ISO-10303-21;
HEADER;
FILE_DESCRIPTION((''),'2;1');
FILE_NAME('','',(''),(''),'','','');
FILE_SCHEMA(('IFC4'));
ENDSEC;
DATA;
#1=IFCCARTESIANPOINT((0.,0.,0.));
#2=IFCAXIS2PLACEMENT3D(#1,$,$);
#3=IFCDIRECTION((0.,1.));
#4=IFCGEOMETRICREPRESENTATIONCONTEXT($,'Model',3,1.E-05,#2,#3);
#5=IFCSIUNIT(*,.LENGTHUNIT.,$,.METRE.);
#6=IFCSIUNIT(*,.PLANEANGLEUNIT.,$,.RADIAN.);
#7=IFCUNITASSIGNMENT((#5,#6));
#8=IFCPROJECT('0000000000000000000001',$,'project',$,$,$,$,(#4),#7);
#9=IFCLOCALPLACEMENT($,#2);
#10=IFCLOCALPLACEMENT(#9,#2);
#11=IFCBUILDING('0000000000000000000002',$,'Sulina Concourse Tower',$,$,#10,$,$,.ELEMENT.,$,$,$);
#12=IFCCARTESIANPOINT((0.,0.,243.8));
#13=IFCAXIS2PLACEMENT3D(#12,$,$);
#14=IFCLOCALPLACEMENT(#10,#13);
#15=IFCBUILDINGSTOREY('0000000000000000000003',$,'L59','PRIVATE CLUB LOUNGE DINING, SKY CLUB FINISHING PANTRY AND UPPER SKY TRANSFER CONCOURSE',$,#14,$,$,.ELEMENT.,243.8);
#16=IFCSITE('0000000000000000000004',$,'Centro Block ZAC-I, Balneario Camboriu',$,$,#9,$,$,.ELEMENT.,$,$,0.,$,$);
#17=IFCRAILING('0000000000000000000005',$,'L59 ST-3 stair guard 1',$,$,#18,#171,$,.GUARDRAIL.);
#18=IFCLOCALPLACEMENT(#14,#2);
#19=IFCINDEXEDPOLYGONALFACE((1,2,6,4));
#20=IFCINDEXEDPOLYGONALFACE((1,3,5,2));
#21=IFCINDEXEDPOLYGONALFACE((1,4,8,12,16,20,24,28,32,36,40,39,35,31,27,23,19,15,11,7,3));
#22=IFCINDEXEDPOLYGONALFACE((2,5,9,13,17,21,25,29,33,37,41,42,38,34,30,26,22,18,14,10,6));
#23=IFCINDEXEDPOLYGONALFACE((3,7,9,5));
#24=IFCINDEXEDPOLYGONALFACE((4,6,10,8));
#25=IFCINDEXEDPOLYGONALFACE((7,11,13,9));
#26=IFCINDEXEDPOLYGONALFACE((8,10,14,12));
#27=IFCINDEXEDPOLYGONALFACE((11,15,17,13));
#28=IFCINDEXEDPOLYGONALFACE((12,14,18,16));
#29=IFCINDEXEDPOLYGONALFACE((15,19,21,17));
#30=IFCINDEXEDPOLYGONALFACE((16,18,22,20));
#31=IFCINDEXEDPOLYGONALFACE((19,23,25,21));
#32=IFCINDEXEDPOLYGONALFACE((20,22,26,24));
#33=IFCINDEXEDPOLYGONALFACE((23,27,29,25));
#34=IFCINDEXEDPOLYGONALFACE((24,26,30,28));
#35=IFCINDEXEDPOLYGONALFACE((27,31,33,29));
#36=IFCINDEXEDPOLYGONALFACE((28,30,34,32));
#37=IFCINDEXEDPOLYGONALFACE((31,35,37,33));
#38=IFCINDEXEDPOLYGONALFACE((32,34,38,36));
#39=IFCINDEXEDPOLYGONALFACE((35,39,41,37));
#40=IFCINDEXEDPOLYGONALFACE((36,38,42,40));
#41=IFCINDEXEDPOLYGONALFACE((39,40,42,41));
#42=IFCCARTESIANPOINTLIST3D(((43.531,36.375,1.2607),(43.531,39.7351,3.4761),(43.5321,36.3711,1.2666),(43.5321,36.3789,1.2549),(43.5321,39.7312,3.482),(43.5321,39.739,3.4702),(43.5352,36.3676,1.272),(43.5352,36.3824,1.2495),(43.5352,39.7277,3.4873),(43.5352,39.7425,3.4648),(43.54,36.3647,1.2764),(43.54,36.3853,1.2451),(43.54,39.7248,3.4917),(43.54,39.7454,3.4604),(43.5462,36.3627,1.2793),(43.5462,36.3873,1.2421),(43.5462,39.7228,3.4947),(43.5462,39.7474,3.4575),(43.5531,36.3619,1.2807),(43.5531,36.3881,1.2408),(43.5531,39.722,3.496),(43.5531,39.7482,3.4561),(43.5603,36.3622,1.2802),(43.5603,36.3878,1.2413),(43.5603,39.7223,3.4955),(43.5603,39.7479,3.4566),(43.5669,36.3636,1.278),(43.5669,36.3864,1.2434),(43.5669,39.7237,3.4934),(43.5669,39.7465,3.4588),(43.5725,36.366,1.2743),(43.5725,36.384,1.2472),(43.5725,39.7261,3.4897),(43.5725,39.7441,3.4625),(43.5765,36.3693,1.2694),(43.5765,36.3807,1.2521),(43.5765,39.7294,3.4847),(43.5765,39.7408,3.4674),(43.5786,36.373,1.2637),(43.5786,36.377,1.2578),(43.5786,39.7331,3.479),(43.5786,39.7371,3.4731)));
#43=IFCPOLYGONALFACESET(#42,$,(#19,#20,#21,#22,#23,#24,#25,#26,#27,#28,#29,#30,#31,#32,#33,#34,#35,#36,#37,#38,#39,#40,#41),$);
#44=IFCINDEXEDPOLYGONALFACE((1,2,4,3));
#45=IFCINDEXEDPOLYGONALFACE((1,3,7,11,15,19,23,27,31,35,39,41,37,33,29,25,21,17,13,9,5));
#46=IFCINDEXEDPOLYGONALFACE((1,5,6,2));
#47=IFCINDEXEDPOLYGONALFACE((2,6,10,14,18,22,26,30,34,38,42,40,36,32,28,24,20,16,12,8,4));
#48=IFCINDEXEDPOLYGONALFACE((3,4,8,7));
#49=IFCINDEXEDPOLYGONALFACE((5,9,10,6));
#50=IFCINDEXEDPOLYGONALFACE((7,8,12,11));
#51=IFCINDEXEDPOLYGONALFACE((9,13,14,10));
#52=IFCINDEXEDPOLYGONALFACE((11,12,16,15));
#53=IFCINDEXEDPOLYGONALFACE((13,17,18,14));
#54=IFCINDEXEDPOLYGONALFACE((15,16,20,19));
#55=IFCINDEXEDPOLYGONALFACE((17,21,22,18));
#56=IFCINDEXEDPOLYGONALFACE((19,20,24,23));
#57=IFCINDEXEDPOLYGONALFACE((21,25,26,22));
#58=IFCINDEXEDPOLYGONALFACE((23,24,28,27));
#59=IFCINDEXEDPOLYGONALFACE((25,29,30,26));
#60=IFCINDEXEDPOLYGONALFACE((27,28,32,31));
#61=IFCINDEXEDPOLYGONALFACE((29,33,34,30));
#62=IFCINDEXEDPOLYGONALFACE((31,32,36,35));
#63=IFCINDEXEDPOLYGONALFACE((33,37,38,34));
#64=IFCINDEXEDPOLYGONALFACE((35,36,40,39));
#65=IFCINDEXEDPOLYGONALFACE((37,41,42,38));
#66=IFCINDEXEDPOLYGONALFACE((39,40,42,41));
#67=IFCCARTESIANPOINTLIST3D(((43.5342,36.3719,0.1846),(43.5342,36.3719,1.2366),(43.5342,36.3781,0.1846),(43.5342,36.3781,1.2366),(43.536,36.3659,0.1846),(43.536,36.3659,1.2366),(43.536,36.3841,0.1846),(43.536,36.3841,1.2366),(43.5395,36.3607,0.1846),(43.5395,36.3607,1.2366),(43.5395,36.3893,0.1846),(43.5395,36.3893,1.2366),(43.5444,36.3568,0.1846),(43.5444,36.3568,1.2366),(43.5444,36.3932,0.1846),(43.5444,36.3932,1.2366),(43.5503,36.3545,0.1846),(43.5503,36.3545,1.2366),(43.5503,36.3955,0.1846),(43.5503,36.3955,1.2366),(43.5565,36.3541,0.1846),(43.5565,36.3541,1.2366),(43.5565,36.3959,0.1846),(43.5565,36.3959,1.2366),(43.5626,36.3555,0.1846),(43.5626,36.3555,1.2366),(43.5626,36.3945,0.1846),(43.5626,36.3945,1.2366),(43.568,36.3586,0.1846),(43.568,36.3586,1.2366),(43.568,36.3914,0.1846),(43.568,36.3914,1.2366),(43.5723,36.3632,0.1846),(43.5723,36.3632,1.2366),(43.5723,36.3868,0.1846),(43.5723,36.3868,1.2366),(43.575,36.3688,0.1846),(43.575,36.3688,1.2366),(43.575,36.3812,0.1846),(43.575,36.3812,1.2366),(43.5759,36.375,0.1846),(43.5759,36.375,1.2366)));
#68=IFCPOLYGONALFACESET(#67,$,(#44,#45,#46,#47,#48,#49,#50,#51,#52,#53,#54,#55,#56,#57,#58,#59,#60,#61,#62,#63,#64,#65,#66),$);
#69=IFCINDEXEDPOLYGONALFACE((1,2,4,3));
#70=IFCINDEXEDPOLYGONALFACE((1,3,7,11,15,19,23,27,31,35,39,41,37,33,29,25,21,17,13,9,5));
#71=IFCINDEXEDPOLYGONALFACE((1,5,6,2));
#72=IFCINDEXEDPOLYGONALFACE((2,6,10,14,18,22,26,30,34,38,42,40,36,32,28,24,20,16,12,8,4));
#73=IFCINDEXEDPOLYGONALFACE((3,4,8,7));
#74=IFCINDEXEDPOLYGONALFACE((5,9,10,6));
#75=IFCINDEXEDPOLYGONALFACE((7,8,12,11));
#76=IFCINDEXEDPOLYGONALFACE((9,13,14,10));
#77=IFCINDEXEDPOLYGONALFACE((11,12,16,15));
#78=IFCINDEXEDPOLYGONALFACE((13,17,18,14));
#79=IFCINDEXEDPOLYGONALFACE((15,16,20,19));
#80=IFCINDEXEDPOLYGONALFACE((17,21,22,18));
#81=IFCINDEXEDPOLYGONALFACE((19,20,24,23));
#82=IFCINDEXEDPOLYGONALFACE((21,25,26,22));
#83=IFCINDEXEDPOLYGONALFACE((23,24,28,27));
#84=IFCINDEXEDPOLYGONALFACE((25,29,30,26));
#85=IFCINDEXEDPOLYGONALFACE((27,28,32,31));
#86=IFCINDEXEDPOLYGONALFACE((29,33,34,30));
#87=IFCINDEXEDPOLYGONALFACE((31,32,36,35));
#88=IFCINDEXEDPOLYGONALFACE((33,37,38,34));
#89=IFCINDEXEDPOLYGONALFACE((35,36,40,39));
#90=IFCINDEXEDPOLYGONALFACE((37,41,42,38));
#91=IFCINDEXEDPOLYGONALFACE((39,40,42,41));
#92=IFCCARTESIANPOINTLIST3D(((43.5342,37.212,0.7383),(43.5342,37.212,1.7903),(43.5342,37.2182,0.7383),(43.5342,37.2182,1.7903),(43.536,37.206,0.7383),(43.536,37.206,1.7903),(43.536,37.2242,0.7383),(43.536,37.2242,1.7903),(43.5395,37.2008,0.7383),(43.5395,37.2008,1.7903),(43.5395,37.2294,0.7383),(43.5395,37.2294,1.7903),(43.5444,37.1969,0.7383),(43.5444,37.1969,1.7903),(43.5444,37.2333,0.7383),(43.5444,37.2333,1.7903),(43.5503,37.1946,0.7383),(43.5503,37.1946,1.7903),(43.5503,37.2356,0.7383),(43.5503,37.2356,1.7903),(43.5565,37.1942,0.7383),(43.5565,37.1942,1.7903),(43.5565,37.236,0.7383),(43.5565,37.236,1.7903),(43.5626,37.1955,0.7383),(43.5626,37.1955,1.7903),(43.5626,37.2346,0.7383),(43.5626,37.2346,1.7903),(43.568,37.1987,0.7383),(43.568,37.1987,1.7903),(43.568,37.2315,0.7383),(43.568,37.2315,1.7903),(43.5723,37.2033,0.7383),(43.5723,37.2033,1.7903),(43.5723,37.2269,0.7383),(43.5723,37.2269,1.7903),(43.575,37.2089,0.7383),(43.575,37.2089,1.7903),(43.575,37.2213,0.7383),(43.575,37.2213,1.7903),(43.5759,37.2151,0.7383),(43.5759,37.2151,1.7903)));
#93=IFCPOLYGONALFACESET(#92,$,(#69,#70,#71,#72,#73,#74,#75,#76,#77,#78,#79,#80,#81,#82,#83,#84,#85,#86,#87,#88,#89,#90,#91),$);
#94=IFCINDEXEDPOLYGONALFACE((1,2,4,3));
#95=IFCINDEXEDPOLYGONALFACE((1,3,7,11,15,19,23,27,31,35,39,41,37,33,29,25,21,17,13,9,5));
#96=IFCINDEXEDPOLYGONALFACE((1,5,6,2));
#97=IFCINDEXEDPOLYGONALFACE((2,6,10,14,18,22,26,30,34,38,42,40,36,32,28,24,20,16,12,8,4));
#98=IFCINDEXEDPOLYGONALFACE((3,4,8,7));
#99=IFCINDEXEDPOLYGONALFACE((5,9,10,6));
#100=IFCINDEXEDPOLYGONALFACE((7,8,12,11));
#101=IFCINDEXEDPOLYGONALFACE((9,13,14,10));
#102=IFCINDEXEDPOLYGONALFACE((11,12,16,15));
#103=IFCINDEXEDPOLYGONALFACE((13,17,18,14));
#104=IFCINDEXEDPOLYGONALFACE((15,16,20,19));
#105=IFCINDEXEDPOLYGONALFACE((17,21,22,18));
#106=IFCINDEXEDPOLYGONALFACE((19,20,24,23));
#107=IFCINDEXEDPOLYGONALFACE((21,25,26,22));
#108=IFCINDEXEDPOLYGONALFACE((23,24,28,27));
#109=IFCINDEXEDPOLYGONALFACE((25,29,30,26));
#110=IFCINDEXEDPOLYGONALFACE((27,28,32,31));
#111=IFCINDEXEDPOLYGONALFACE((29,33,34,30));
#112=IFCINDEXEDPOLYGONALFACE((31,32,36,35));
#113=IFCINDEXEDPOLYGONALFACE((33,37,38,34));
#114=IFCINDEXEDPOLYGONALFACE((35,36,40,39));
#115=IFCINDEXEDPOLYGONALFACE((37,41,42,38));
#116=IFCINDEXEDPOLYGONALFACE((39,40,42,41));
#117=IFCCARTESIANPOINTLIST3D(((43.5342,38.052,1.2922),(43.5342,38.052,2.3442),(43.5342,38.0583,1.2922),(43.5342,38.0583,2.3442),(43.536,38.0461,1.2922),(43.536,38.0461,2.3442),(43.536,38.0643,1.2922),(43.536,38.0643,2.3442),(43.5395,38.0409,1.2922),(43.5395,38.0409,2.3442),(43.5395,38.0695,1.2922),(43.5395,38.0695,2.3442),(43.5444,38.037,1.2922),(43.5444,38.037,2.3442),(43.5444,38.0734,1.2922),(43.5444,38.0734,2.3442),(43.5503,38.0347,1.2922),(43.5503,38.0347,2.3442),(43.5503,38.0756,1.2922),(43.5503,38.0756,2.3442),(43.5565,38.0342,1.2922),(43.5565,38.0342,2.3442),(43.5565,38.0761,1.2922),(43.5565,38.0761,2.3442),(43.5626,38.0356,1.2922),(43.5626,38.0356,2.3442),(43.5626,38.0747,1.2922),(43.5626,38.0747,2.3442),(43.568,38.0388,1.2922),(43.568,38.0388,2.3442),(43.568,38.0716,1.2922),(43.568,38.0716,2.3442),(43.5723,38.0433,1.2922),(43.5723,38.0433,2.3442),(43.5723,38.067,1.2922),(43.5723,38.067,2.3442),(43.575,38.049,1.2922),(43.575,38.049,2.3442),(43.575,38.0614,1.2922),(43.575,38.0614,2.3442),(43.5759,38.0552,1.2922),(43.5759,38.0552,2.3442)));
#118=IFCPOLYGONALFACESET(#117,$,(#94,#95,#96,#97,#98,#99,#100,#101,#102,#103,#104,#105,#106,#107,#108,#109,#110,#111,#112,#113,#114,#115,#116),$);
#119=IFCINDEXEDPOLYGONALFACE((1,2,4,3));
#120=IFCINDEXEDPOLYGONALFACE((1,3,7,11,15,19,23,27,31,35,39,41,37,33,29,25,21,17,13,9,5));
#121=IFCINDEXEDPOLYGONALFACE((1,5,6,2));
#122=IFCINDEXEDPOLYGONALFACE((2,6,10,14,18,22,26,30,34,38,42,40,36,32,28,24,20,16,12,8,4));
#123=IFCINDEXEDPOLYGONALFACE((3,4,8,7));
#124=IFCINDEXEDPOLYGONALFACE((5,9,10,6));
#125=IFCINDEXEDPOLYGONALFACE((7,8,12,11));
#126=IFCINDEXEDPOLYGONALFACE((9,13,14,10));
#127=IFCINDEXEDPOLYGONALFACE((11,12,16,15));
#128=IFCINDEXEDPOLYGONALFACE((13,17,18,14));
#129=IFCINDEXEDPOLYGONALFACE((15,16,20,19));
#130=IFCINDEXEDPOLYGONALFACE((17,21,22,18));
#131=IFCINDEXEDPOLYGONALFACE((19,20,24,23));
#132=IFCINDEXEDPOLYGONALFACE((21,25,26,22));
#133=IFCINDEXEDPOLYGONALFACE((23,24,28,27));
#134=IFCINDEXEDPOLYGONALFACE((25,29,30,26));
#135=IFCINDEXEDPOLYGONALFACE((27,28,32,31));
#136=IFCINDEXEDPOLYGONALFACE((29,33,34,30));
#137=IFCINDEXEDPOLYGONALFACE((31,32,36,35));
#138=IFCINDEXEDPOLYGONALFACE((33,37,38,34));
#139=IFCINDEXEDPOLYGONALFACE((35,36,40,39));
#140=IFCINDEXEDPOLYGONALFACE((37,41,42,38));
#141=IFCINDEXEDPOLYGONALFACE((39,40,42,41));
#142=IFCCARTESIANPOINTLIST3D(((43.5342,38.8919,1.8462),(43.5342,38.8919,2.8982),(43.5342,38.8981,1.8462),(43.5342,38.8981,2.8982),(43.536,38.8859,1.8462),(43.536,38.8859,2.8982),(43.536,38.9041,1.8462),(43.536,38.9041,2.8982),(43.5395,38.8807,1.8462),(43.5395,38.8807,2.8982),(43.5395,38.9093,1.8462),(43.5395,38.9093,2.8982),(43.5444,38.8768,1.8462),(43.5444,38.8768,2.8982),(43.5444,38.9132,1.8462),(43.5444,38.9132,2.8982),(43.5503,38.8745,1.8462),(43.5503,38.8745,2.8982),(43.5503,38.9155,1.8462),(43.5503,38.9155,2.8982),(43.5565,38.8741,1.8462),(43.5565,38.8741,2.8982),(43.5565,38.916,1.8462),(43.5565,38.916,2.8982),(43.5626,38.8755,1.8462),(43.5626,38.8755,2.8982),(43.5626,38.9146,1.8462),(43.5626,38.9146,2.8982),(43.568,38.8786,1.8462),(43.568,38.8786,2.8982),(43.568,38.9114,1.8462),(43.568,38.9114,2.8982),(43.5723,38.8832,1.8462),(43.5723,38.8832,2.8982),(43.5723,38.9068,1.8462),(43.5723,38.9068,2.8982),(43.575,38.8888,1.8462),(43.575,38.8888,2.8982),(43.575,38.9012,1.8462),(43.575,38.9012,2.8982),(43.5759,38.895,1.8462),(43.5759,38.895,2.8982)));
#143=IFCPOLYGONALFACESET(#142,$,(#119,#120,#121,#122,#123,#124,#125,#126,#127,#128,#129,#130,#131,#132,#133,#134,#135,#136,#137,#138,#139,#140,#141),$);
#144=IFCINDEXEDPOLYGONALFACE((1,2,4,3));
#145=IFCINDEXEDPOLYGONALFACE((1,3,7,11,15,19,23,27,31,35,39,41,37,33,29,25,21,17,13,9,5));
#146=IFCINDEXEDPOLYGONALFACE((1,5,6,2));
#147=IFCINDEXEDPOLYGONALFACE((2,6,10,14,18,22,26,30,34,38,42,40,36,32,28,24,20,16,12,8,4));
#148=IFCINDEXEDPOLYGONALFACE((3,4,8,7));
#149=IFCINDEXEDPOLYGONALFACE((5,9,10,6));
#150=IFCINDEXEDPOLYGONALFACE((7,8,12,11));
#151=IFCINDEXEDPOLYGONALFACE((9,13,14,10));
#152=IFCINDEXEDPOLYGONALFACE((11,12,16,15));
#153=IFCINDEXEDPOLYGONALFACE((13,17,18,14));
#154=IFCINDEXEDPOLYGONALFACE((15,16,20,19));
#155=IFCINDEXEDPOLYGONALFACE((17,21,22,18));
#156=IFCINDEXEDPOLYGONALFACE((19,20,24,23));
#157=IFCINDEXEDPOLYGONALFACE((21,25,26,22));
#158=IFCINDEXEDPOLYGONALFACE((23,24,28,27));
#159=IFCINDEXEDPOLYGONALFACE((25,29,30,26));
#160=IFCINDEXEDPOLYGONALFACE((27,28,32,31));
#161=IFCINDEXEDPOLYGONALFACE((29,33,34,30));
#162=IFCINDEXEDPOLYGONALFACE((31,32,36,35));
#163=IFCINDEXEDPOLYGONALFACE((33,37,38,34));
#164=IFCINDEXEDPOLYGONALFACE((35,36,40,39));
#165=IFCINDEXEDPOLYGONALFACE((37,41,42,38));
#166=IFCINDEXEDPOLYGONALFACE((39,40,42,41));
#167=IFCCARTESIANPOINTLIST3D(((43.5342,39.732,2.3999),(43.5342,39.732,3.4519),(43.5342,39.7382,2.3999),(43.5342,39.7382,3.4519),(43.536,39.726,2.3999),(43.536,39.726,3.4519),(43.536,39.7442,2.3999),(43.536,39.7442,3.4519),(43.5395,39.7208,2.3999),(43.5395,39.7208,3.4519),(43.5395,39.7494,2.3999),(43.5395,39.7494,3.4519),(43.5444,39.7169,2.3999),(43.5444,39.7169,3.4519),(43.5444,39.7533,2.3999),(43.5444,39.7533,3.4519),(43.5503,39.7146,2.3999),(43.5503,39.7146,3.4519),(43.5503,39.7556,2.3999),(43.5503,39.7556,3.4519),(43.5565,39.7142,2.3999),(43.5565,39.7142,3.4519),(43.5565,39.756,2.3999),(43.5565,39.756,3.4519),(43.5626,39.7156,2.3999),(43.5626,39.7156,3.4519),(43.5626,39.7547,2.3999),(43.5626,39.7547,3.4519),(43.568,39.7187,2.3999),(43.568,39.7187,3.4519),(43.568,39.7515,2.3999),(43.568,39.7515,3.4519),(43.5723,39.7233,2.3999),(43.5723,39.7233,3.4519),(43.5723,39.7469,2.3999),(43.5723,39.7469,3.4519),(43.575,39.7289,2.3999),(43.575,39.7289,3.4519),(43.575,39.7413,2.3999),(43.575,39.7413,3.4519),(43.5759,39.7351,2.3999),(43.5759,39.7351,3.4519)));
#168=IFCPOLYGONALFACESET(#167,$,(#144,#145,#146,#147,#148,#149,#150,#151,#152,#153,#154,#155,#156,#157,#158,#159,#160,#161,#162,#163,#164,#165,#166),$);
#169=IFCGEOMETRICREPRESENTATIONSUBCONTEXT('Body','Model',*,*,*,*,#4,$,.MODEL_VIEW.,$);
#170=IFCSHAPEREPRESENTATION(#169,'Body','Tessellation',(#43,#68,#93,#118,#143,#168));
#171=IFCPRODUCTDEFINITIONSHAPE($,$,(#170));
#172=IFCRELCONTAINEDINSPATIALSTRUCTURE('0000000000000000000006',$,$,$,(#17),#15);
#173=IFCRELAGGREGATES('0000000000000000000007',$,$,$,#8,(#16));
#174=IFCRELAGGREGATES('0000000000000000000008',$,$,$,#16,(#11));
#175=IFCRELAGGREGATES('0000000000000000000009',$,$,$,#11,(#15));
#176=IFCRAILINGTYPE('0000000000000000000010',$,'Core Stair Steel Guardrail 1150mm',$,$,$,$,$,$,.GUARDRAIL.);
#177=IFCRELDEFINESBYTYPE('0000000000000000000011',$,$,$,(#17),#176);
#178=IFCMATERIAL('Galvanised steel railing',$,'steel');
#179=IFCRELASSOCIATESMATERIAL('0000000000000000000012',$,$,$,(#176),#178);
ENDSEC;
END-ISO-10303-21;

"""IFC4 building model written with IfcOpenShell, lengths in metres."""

from ifc_helpers import new_model, si_unit, direction, frame, origin, origin_2d, place, context, subcontext, project, spatial, circle, extrude, material, type_object, element, save


model = new_model("IFC4")

# Units and contexts
model_context = context("Model", 3, precision=1e-05, world=origin(), true_north=direction((0.0, 1.0)))
body_context = subcontext(model_context, "Body", "Model", "MODEL_VIEW")
ifc_project = project(units=[si_unit("LENGTHUNIT", "METRE"), si_unit("PLANEANGLEUNIT", "RADIAN")], contexts=[model_context])

# Site, building, storey
site_placement = place(None, origin())
site = spatial("IfcSite", under=ifc_project, at=site_placement, Name="Centro Block ZAC-I, Balneario Camboriu", CompositionType="ELEMENT", RefElevation=0.0)
building_placement = place(site_placement, origin())
building = spatial("IfcBuilding", under=site, at=building_placement, Name="Sulina Concourse Tower", CompositionType="ELEMENT")
storey_placement = place(building_placement, frame((0.0, 0.0, 243.8)))
storey = spatial("IfcBuildingStorey", under=building, at=storey_placement, Name="L59", Description="PRIVATE CLUB LOUNGE DINING, SKY CLUB FINISHING PANTRY AND UPPER SKY TRANSFER CONCOURSE", CompositionType="ELEMENT", Elevation=243.8)

# Railing
ifc_material_1 = material(Name="Galvanised steel railing", Category="steel")
railing_type_1 = type_object("IfcRailingType", Name="Core Stair Steel Guardrail 1150mm", PredefinedType="GUARDRAIL", material=ifc_material_1)
railing_1_placement = place(storey_placement, frame((43.5549, 36.375, 0.1846)))
element("IfcRailing", 1, at=railing_1_placement, inside=storey, type_object=railing_type_1, Name="L59 ST-3 stair guard 1", PredefinedType="GUARDRAIL", context=body_context, shape_type="SweptSolid", body=[
    extrude(circle(Radius=0.0239, at=origin_2d()), frame((0.0, 0.0, 1.0762), z_axis=(0.0, 0.834876, 0.550437), x_axis=(-1.0, 0.0, 0.0)), (0.0, 0.0, 1.0), 4.0247),
    extrude(circle(Radius=0.021, at=origin_2d()), origin(), (0.0, 0.0, 1.0), 1.052),
    extrude(circle(Radius=0.021, at=origin_2d()), frame((0.0, 0.8401, 0.5537)), (0.0, 0.0, 1.0), 1.052),
    extrude(circle(Radius=0.021, at=origin_2d()), frame((0.0, 1.6802, 1.1077)), (0.0, 0.0, 1.0), 1.052),
    extrude(circle(Radius=0.021, at=origin_2d()), frame((0.0, 2.52, 1.6616)), (0.0, 0.0, 1.0), 1.052),
    extrude(circle(Radius=0.021, at=origin_2d()), frame((0.0, 3.3601, 2.2153)), (0.0, 0.0, 1.0), 1.052),
])

save(model, "model.ifc")
